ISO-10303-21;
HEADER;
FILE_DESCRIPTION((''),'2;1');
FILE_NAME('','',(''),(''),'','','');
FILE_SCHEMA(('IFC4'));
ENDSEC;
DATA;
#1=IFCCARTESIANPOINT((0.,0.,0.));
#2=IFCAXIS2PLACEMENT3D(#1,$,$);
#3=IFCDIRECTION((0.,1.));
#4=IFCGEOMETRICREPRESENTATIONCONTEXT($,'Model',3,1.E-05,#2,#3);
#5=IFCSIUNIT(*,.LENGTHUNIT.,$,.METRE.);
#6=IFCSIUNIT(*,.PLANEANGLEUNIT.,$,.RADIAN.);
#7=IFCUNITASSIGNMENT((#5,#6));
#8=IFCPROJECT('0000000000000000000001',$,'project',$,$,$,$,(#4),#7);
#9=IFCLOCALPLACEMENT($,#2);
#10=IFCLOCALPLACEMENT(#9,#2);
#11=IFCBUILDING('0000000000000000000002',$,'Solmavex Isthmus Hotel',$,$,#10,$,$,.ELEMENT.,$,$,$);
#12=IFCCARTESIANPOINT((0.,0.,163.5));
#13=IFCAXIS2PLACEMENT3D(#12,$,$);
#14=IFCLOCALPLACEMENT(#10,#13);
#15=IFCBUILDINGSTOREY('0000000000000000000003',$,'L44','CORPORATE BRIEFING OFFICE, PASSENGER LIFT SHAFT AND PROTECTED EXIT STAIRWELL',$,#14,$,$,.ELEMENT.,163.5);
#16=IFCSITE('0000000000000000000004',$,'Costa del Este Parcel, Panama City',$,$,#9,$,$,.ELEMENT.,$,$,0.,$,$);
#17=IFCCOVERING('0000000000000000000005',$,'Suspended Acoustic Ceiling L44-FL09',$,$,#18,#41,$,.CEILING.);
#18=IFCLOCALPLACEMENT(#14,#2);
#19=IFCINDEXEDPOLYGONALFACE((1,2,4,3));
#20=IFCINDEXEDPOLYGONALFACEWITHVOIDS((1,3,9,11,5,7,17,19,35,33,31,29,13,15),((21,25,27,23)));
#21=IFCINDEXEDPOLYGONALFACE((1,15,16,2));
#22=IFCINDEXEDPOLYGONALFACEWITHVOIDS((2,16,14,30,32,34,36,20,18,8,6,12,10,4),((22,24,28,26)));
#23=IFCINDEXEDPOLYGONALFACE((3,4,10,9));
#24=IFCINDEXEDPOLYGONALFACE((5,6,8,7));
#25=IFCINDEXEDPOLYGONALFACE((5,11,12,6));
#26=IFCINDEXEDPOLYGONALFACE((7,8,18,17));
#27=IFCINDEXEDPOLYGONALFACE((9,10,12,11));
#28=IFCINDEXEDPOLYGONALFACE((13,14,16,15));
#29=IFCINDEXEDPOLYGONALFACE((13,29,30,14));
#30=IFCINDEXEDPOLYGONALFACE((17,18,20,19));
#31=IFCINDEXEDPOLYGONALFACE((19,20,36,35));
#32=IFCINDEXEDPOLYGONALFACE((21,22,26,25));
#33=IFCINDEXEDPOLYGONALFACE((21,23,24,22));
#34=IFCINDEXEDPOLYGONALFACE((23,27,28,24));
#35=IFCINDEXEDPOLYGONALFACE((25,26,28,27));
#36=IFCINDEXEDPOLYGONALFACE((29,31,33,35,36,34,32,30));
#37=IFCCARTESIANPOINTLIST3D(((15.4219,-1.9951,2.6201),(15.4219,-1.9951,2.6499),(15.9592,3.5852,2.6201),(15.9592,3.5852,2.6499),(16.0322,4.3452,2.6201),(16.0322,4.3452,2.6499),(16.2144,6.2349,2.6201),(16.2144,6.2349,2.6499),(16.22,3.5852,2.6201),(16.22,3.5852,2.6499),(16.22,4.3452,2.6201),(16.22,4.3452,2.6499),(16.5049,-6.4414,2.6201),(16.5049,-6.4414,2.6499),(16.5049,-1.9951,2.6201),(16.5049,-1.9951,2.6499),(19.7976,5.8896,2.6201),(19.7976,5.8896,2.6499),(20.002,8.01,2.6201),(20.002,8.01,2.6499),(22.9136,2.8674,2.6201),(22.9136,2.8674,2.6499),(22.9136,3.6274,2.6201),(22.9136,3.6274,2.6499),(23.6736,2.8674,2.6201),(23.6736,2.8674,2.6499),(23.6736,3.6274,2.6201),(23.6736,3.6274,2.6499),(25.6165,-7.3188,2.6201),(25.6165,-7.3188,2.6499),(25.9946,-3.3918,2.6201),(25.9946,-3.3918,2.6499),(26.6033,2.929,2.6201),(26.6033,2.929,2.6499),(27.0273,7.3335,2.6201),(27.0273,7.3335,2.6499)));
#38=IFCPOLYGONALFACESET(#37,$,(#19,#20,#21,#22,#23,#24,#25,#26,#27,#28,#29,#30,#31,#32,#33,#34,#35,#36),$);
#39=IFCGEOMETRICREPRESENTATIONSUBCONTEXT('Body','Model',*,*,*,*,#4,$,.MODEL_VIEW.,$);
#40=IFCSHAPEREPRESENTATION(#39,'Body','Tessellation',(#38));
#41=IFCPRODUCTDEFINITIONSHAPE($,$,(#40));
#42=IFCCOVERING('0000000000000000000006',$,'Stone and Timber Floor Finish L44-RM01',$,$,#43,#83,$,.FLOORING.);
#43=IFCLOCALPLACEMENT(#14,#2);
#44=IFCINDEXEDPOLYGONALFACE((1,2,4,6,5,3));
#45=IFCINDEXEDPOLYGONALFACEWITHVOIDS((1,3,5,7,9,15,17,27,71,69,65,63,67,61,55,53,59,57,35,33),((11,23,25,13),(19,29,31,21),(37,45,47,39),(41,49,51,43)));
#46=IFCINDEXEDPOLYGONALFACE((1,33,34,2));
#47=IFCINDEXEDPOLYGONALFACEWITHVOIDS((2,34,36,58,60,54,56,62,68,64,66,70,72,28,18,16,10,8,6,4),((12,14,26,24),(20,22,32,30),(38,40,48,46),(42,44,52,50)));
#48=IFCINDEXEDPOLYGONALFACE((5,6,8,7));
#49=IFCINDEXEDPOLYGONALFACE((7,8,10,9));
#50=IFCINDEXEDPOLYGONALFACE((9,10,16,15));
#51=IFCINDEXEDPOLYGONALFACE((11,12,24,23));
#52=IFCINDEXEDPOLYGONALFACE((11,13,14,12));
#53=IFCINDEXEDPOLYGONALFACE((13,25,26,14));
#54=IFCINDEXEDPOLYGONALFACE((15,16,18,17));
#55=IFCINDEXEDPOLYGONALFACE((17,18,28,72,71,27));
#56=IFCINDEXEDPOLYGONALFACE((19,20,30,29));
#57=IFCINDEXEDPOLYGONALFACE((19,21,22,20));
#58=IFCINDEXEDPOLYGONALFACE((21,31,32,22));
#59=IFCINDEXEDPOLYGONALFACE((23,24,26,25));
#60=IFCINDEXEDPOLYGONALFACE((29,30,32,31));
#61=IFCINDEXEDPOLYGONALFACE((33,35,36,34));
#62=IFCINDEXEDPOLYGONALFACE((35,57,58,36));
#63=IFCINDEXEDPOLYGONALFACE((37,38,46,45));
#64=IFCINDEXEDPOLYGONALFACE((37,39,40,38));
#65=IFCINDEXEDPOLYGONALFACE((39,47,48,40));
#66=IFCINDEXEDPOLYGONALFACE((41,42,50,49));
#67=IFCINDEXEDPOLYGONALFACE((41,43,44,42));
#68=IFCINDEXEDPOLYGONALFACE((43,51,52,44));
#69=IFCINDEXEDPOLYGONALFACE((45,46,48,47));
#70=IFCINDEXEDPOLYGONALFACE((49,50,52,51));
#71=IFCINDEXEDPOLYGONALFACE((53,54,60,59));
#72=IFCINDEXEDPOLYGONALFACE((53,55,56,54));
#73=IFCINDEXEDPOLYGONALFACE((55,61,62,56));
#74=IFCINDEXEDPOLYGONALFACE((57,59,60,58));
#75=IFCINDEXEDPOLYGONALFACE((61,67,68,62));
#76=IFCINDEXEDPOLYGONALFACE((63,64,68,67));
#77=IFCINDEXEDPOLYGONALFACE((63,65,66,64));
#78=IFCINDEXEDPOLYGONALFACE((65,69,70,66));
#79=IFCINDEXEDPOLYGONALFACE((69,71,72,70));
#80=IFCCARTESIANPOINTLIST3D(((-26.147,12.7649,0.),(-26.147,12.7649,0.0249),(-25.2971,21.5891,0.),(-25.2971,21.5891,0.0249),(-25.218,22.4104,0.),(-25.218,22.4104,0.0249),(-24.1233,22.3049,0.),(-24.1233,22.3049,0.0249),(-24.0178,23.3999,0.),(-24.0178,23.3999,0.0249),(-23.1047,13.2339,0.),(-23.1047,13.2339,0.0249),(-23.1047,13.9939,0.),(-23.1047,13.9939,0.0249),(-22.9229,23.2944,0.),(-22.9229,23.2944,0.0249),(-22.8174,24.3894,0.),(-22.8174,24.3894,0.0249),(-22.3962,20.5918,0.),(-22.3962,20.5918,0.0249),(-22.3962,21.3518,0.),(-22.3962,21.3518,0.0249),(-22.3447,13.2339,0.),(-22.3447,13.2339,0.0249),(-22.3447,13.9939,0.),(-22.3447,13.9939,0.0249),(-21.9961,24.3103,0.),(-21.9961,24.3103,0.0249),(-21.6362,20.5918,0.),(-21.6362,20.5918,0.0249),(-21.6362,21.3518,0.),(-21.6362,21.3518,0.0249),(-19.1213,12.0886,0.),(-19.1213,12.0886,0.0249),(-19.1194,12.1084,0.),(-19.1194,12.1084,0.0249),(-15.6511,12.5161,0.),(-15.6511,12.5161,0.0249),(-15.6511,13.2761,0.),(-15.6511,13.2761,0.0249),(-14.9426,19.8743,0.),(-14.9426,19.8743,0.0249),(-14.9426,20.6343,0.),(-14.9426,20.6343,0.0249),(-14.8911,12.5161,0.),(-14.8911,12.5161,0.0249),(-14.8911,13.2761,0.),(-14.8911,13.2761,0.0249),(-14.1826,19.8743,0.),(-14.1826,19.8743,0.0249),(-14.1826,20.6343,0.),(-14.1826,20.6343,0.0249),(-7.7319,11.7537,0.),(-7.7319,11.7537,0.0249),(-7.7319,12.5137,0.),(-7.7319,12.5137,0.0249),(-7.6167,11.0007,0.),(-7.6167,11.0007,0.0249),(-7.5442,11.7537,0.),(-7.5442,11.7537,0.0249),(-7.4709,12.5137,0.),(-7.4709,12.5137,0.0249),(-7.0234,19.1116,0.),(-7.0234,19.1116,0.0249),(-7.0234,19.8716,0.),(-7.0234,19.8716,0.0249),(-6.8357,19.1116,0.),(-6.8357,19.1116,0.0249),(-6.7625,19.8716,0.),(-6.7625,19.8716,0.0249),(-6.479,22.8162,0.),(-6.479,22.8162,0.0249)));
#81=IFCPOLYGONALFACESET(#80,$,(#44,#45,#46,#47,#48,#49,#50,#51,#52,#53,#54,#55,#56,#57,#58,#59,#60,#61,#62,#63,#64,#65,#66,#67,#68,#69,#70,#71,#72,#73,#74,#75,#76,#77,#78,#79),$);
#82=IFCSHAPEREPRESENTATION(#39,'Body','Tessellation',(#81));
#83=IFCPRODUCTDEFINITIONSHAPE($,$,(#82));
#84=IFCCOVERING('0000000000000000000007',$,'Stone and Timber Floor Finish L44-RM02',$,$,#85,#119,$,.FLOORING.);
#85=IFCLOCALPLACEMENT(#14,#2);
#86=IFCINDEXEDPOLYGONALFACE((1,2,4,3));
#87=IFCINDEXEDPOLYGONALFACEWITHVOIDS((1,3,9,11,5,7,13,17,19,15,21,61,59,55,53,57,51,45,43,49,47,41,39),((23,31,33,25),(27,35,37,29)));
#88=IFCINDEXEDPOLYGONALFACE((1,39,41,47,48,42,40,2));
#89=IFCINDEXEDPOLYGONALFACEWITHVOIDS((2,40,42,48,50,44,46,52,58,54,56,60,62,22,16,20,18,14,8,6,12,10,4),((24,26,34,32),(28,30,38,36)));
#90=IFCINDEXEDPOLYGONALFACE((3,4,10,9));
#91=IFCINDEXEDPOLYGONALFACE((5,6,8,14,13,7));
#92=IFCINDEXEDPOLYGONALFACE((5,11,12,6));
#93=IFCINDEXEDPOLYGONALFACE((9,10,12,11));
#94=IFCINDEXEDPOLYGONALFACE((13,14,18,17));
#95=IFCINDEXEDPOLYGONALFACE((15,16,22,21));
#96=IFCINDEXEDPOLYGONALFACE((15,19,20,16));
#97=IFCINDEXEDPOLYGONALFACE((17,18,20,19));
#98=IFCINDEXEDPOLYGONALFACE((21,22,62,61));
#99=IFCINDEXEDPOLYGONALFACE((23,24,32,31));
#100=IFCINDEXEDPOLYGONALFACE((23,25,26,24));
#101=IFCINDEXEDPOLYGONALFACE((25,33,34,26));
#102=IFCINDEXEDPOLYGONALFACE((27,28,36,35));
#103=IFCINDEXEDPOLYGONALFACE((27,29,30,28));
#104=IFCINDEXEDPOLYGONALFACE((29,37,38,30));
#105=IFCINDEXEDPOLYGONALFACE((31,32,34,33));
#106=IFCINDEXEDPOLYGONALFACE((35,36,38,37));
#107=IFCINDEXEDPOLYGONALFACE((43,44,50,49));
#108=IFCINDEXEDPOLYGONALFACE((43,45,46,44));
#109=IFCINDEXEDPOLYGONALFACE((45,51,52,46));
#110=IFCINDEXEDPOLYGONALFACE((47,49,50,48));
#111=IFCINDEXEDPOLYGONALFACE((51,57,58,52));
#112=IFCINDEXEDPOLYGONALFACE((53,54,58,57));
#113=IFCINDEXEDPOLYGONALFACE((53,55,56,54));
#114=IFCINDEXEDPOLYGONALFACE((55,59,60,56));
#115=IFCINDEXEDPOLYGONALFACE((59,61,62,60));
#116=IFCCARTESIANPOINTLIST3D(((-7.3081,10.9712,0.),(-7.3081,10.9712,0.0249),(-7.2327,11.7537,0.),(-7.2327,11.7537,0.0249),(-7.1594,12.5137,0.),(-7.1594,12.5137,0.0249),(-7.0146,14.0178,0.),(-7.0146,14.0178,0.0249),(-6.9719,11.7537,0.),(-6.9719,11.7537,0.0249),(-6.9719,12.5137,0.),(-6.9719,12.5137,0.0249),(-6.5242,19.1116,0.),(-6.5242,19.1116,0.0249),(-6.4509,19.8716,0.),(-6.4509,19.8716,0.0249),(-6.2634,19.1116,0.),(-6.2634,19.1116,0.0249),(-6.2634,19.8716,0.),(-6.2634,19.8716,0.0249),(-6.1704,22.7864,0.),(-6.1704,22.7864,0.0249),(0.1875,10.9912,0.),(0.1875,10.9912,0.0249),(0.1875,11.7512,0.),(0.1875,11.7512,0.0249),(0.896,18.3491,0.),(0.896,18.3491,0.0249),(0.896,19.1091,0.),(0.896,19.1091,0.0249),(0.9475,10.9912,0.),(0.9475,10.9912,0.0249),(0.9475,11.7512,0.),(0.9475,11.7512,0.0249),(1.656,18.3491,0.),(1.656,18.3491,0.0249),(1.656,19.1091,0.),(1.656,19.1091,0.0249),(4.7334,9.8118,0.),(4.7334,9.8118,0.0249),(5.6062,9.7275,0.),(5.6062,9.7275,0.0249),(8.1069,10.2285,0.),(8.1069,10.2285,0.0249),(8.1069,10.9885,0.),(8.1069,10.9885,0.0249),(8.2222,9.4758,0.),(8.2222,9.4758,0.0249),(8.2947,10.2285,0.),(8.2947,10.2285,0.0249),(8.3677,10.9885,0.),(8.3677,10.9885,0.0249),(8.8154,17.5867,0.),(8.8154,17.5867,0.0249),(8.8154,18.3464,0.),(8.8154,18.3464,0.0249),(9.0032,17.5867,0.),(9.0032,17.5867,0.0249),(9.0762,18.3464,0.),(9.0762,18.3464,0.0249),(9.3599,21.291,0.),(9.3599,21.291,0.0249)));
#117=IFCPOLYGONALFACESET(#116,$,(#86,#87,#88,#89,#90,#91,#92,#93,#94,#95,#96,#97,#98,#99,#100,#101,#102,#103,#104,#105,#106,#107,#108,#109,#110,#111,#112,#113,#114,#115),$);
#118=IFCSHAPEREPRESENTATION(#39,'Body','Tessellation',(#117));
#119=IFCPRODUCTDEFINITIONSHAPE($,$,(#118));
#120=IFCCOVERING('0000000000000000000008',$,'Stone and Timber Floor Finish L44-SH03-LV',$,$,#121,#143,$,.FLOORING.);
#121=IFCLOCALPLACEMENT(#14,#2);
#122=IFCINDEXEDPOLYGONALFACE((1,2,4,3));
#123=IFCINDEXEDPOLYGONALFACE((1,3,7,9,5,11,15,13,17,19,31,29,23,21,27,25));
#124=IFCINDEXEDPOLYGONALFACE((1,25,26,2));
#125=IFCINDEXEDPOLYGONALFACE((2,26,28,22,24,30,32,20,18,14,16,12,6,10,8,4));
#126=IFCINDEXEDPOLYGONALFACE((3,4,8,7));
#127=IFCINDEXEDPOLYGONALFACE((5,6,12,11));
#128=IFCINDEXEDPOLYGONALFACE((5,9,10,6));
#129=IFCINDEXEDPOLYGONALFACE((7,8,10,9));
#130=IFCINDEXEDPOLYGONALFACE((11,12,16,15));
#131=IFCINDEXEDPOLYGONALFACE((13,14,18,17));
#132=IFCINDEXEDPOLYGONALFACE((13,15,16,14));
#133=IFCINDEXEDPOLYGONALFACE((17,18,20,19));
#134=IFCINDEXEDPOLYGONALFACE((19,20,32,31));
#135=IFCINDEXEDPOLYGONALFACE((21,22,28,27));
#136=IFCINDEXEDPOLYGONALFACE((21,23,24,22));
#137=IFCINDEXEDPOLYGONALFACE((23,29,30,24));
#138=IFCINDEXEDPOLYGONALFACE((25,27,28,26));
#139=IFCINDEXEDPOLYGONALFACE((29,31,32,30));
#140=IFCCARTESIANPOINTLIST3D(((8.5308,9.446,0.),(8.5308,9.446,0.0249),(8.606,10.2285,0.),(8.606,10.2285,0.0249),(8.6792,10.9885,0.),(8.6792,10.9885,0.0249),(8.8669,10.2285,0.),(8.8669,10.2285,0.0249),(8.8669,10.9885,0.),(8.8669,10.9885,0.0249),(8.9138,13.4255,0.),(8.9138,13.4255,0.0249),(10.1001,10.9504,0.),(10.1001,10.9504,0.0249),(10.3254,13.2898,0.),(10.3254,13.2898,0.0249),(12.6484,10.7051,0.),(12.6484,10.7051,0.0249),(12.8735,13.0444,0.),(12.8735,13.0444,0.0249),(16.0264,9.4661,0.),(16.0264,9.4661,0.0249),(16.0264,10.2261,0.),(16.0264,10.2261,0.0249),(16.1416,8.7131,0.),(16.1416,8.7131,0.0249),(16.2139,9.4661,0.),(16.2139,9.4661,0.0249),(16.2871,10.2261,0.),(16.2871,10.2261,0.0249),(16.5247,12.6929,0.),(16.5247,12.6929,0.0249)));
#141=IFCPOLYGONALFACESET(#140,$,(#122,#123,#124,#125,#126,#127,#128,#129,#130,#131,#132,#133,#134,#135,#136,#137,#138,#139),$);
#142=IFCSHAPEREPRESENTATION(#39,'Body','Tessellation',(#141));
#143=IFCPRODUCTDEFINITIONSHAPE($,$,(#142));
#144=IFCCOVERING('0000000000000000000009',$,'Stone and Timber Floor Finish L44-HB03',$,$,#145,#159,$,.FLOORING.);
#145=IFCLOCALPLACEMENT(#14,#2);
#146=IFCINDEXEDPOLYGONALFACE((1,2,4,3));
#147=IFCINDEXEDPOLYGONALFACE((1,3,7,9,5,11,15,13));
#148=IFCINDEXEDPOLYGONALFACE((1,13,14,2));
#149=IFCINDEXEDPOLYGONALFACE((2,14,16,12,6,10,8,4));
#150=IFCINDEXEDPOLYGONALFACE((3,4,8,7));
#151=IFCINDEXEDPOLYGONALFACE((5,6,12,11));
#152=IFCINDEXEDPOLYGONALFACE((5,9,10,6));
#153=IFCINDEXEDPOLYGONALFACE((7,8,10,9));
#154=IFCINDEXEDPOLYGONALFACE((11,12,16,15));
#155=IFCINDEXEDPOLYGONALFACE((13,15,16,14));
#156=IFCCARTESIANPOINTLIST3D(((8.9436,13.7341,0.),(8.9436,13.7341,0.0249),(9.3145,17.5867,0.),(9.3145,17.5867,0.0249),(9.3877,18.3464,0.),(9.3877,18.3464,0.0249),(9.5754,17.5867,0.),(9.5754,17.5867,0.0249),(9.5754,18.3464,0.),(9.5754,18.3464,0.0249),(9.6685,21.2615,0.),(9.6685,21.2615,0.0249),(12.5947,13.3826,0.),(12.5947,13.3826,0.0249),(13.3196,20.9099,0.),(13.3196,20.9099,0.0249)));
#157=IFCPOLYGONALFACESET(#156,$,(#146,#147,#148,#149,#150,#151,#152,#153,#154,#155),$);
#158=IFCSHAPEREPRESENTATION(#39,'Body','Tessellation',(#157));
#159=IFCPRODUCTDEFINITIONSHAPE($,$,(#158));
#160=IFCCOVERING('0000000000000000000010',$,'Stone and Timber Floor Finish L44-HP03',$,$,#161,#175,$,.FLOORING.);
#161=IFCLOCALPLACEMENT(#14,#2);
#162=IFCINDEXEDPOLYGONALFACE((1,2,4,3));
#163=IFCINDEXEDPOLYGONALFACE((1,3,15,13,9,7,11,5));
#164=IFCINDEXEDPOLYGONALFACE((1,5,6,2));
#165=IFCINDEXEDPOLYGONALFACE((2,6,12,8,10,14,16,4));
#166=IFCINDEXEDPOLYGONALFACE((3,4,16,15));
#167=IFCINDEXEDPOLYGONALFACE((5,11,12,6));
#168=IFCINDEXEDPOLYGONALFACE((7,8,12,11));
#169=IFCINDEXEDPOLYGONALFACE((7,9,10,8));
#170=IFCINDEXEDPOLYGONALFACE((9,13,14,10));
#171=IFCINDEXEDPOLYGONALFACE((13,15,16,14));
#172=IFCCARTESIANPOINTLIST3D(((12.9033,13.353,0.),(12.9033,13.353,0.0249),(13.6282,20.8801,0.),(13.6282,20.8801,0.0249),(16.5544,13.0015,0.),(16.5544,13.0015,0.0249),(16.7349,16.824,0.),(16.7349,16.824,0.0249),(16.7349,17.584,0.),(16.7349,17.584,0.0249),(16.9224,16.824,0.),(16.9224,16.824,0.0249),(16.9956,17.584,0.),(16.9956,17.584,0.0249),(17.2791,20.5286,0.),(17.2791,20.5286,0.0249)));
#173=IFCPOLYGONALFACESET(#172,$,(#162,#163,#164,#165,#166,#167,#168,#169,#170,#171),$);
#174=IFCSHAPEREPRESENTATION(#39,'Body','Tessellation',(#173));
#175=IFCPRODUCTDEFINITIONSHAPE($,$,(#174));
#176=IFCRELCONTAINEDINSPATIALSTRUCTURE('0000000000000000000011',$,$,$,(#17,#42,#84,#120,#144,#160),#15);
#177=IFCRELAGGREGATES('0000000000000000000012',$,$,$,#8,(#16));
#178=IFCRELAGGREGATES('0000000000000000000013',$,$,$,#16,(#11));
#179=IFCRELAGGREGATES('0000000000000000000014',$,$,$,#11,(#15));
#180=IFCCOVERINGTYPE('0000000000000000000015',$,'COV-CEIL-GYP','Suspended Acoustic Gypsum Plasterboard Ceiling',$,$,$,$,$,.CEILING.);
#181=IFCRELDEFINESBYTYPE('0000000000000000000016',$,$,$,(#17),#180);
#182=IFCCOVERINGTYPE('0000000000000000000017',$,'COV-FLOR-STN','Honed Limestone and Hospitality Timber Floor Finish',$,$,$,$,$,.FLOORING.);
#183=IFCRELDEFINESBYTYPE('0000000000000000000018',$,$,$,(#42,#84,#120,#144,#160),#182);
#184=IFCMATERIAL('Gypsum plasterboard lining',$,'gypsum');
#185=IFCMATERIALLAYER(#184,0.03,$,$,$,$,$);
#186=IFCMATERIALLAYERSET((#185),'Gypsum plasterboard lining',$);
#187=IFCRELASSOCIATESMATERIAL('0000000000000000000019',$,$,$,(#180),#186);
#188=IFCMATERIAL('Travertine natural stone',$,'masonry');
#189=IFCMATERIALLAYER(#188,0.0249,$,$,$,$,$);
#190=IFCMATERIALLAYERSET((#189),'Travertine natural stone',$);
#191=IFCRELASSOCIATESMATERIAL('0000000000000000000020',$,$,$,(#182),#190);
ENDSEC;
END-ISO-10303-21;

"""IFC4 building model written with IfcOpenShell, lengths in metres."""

from ifc_helpers import new_model, si_unit, direction, frame, origin, place, context, subcontext, project, spatial, polyline, outline, extrude, material, layer, layer_set, type_object, element, save


model = new_model("IFC4")

# Units and contexts
model_context = context("Model", 3, precision=1e-05, world=origin(), true_north=direction((0.0, 1.0)))
body_context = subcontext(model_context, "Body", "Model", "MODEL_VIEW")
ifc_project = project(units=[si_unit("LENGTHUNIT", "METRE"), si_unit("PLANEANGLEUNIT", "RADIAN")], contexts=[model_context])

# Site, building, storey
site_placement = place(None, origin())
site = spatial("IfcSite", under=ifc_project, at=site_placement, Name="Costa del Este Parcel, Panama City", CompositionType="ELEMENT", RefElevation=0.0)
building_placement = place(site_placement, origin())
building = spatial("IfcBuilding", under=site, at=building_placement, Name="Solmavex Isthmus Hotel", CompositionType="ELEMENT")
storey_placement = place(building_placement, frame((0.0, 0.0, 163.5)))
storey = spatial("IfcBuildingStorey", under=building, at=storey_placement, Name="L44", Description="CORPORATE BRIEFING OFFICE, PASSENGER LIFT SHAFT AND PROTECTED EXIT STAIRWELL", CompositionType="ELEMENT", Elevation=163.5)

# Shared definitions
ifc_material_1 = material(Name="Gypsum plasterboard lining", Category="gypsum")

# Coverings
ifc_layer_1 = layer(ifc_material_1, 0.03)
ifc_layer_set_1 = layer_set([ifc_layer_1], Name="Gypsum plasterboard lining")
covering_type_1 = type_object("IfcCoveringType", Name="COV-CEIL-GYP", Description="Suspended Acoustic Gypsum Plasterboard Ceiling", PredefinedType="CEILING", material=ifc_layer_set_1)
covering_1_placement = place(storey_placement, frame((0.0, 0.0, 2.6201)))
element("IfcCovering", 1, at=covering_1_placement, inside=storey, type_object=covering_type_1, Name="Suspended Acoustic Ceiling L44-FL09", PredefinedType="CEILING", context=body_context, shape_type="SweptSolid", body=[
    extrude(outline(polyline([(16.0322, 4.3452), (16.22, 4.3452), (16.22, 3.5852), (15.9592, 3.5852), (15.4219, -1.9951), (16.5049, -1.9951), (16.5049, -6.4414), (25.6165, -7.3188), (25.9946, -3.3918), (26.6033, 2.929), (27.0273, 7.3335), (20.002, 8.01), (19.7976, 5.8896), (16.2144, 6.2349), (16.0322, 4.3452)]), holes=[polyline([(22.9136, 2.8674), (22.9136, 3.6274), (23.6736, 3.6274), (23.6736, 2.8674), (22.9136, 2.8674)])]), origin(), (0.0, 0.0, 1.0), 0.0298),
])
ifc_material_2 = material(Name="Travertine natural stone", Category="masonry")
ifc_layer_2 = layer(ifc_material_2, 0.0249)
ifc_layer_set_2 = layer_set([ifc_layer_2], Name="Travertine natural stone")
covering_type_2 = type_object("IfcCoveringType", Name="COV-FLOR-STN", Description="Honed Limestone and Hospitality Timber Floor Finish", PredefinedType="FLOORING", material=ifc_layer_set_2)
covering_2_placement = place(storey_placement, origin())
element("IfcCovering", 2, at=covering_2_placement, inside=storey, type_object=covering_type_2, Name="Stone and Timber Floor Finish L44-RM01", PredefinedType="FLOORING", context=body_context, shape_type="SweptSolid", body=[
    extrude(outline(polyline([(-19.1213, 12.0886), (-19.1194, 12.1084), (-7.6167, 11.0007), (-7.5442, 11.7537), (-7.7319, 11.7537), (-7.7319, 12.5137), (-7.4709, 12.5137), (-6.8357, 19.1116), (-7.0234, 19.1116), (-7.0234, 19.8716), (-6.7625, 19.8716), (-6.479, 22.8162), (-21.9961, 24.3103), (-22.8174, 24.3894), (-22.9229, 23.2944), (-24.0178, 23.3999), (-24.1233, 22.3049), (-25.218, 22.4104), (-25.2971, 21.5891), (-26.147, 12.7649), (-19.1213, 12.0886)]), holes=[polyline([(-14.9426, 19.8743), (-14.9426, 20.6343), (-14.1826, 20.6343), (-14.1826, 19.8743), (-14.9426, 19.8743)]), polyline([(-15.6511, 12.5161), (-15.6511, 13.2761), (-14.8911, 13.2761), (-14.8911, 12.5161), (-15.6511, 12.5161)]), polyline([(-22.3962, 20.5918), (-22.3962, 21.3518), (-21.6362, 21.3518), (-21.6362, 20.5918), (-22.3962, 20.5918)]), polyline([(-23.1047, 13.2339), (-23.1047, 13.9939), (-22.3447, 13.9939), (-22.3447, 13.2339), (-23.1047, 13.2339)])]), origin(), (0.0, 0.0, 1.0), 0.0249),
])
covering_3_placement = place(storey_placement, origin())
element("IfcCovering", 3, at=covering_3_placement, inside=storey, type_object=covering_type_2, Name="Stone and Timber Floor Finish L44-RM02", PredefinedType="FLOORING", context=body_context, shape_type="SweptSolid", body=[
    extrude(outline(polyline([(-7.1594, 12.5137), (-6.9719, 12.5137), (-6.9719, 11.7537), (-7.2327, 11.7537), (-7.3081, 10.9712), (4.7334, 9.8118), (5.6062, 9.7275), (8.2222, 9.4758), (8.2947, 10.2285), (8.1069, 10.2285), (8.1069, 10.9885), (8.3677, 10.9885), (9.0032, 17.5867), (8.8154, 17.5867), (8.8154, 18.3464), (9.0762, 18.3464), (9.3599, 21.291), (-6.1704, 22.7864), (-6.4509, 19.8716), (-6.2634, 19.8716), (-6.2634, 19.1116), (-6.5242, 19.1116), (-7.0146, 14.0178), (-7.1594, 12.5137)]), holes=[polyline([(0.896, 18.3491), (0.896, 19.1091), (1.656, 19.1091), (1.656, 18.3491), (0.896, 18.3491)]), polyline([(0.1875, 10.9912), (0.1875, 11.7512), (0.9475, 11.7512), (0.9475, 10.9912), (0.1875, 10.9912)])]), origin(), (0.0, 0.0, 1.0), 0.0249),
])
covering_4_placement = place(storey_placement, origin())
element("IfcCovering", 4, at=covering_4_placement, inside=storey, type_object=covering_type_2, Name="Stone and Timber Floor Finish L44-SH03-LV", PredefinedType="FLOORING", context=body_context, shape_type="SweptSolid", body=[
    extrude(outline(polyline([(12.8735, 13.0444), (12.6484, 10.7051), (10.1001, 10.9504), (10.3254, 13.2898), (8.9138, 13.4255), (8.6792, 10.9885), (8.8669, 10.9885), (8.8669, 10.2285), (8.606, 10.2285), (8.5308, 9.446), (16.1416, 8.7131), (16.2139, 9.4661), (16.0264, 9.4661), (16.0264, 10.2261), (16.2871, 10.2261), (16.5247, 12.6929), (12.8735, 13.0444)])), origin(), (0.0, 0.0, 1.0), 0.0249),
])
covering_5_placement = place(storey_placement, origin())
element("IfcCovering", 5, at=covering_5_placement, inside=storey, type_object=covering_type_2, Name="Stone and Timber Floor Finish L44-HB03", PredefinedType="FLOORING", context=body_context, shape_type="SweptSolid", body=[
    extrude(outline(polyline([(9.3877, 18.3464), (9.5754, 18.3464), (9.5754, 17.5867), (9.3145, 17.5867), (8.9436, 13.7341), (12.5947, 13.3826), (13.3196, 20.9099), (9.6685, 21.2615), (9.3877, 18.3464)])), origin(), (0.0, 0.0, 1.0), 0.0249),
])
covering_6_placement = place(storey_placement, origin())
element("IfcCovering", 6, at=covering_6_placement, inside=storey, type_object=covering_type_2, Name="Stone and Timber Floor Finish L44-HP03", PredefinedType="FLOORING", context=body_context, shape_type="SweptSolid", body=[
    extrude(outline(polyline([(16.9224, 16.824), (16.7349, 16.824), (16.7349, 17.584), (16.9956, 17.584), (17.2791, 20.5286), (13.6282, 20.8801), (12.9033, 13.353), (16.5544, 13.0015), (16.9224, 16.824)])), origin(), (0.0, 0.0, 1.0), 0.0249),
])

save(model, "model.ifc")
